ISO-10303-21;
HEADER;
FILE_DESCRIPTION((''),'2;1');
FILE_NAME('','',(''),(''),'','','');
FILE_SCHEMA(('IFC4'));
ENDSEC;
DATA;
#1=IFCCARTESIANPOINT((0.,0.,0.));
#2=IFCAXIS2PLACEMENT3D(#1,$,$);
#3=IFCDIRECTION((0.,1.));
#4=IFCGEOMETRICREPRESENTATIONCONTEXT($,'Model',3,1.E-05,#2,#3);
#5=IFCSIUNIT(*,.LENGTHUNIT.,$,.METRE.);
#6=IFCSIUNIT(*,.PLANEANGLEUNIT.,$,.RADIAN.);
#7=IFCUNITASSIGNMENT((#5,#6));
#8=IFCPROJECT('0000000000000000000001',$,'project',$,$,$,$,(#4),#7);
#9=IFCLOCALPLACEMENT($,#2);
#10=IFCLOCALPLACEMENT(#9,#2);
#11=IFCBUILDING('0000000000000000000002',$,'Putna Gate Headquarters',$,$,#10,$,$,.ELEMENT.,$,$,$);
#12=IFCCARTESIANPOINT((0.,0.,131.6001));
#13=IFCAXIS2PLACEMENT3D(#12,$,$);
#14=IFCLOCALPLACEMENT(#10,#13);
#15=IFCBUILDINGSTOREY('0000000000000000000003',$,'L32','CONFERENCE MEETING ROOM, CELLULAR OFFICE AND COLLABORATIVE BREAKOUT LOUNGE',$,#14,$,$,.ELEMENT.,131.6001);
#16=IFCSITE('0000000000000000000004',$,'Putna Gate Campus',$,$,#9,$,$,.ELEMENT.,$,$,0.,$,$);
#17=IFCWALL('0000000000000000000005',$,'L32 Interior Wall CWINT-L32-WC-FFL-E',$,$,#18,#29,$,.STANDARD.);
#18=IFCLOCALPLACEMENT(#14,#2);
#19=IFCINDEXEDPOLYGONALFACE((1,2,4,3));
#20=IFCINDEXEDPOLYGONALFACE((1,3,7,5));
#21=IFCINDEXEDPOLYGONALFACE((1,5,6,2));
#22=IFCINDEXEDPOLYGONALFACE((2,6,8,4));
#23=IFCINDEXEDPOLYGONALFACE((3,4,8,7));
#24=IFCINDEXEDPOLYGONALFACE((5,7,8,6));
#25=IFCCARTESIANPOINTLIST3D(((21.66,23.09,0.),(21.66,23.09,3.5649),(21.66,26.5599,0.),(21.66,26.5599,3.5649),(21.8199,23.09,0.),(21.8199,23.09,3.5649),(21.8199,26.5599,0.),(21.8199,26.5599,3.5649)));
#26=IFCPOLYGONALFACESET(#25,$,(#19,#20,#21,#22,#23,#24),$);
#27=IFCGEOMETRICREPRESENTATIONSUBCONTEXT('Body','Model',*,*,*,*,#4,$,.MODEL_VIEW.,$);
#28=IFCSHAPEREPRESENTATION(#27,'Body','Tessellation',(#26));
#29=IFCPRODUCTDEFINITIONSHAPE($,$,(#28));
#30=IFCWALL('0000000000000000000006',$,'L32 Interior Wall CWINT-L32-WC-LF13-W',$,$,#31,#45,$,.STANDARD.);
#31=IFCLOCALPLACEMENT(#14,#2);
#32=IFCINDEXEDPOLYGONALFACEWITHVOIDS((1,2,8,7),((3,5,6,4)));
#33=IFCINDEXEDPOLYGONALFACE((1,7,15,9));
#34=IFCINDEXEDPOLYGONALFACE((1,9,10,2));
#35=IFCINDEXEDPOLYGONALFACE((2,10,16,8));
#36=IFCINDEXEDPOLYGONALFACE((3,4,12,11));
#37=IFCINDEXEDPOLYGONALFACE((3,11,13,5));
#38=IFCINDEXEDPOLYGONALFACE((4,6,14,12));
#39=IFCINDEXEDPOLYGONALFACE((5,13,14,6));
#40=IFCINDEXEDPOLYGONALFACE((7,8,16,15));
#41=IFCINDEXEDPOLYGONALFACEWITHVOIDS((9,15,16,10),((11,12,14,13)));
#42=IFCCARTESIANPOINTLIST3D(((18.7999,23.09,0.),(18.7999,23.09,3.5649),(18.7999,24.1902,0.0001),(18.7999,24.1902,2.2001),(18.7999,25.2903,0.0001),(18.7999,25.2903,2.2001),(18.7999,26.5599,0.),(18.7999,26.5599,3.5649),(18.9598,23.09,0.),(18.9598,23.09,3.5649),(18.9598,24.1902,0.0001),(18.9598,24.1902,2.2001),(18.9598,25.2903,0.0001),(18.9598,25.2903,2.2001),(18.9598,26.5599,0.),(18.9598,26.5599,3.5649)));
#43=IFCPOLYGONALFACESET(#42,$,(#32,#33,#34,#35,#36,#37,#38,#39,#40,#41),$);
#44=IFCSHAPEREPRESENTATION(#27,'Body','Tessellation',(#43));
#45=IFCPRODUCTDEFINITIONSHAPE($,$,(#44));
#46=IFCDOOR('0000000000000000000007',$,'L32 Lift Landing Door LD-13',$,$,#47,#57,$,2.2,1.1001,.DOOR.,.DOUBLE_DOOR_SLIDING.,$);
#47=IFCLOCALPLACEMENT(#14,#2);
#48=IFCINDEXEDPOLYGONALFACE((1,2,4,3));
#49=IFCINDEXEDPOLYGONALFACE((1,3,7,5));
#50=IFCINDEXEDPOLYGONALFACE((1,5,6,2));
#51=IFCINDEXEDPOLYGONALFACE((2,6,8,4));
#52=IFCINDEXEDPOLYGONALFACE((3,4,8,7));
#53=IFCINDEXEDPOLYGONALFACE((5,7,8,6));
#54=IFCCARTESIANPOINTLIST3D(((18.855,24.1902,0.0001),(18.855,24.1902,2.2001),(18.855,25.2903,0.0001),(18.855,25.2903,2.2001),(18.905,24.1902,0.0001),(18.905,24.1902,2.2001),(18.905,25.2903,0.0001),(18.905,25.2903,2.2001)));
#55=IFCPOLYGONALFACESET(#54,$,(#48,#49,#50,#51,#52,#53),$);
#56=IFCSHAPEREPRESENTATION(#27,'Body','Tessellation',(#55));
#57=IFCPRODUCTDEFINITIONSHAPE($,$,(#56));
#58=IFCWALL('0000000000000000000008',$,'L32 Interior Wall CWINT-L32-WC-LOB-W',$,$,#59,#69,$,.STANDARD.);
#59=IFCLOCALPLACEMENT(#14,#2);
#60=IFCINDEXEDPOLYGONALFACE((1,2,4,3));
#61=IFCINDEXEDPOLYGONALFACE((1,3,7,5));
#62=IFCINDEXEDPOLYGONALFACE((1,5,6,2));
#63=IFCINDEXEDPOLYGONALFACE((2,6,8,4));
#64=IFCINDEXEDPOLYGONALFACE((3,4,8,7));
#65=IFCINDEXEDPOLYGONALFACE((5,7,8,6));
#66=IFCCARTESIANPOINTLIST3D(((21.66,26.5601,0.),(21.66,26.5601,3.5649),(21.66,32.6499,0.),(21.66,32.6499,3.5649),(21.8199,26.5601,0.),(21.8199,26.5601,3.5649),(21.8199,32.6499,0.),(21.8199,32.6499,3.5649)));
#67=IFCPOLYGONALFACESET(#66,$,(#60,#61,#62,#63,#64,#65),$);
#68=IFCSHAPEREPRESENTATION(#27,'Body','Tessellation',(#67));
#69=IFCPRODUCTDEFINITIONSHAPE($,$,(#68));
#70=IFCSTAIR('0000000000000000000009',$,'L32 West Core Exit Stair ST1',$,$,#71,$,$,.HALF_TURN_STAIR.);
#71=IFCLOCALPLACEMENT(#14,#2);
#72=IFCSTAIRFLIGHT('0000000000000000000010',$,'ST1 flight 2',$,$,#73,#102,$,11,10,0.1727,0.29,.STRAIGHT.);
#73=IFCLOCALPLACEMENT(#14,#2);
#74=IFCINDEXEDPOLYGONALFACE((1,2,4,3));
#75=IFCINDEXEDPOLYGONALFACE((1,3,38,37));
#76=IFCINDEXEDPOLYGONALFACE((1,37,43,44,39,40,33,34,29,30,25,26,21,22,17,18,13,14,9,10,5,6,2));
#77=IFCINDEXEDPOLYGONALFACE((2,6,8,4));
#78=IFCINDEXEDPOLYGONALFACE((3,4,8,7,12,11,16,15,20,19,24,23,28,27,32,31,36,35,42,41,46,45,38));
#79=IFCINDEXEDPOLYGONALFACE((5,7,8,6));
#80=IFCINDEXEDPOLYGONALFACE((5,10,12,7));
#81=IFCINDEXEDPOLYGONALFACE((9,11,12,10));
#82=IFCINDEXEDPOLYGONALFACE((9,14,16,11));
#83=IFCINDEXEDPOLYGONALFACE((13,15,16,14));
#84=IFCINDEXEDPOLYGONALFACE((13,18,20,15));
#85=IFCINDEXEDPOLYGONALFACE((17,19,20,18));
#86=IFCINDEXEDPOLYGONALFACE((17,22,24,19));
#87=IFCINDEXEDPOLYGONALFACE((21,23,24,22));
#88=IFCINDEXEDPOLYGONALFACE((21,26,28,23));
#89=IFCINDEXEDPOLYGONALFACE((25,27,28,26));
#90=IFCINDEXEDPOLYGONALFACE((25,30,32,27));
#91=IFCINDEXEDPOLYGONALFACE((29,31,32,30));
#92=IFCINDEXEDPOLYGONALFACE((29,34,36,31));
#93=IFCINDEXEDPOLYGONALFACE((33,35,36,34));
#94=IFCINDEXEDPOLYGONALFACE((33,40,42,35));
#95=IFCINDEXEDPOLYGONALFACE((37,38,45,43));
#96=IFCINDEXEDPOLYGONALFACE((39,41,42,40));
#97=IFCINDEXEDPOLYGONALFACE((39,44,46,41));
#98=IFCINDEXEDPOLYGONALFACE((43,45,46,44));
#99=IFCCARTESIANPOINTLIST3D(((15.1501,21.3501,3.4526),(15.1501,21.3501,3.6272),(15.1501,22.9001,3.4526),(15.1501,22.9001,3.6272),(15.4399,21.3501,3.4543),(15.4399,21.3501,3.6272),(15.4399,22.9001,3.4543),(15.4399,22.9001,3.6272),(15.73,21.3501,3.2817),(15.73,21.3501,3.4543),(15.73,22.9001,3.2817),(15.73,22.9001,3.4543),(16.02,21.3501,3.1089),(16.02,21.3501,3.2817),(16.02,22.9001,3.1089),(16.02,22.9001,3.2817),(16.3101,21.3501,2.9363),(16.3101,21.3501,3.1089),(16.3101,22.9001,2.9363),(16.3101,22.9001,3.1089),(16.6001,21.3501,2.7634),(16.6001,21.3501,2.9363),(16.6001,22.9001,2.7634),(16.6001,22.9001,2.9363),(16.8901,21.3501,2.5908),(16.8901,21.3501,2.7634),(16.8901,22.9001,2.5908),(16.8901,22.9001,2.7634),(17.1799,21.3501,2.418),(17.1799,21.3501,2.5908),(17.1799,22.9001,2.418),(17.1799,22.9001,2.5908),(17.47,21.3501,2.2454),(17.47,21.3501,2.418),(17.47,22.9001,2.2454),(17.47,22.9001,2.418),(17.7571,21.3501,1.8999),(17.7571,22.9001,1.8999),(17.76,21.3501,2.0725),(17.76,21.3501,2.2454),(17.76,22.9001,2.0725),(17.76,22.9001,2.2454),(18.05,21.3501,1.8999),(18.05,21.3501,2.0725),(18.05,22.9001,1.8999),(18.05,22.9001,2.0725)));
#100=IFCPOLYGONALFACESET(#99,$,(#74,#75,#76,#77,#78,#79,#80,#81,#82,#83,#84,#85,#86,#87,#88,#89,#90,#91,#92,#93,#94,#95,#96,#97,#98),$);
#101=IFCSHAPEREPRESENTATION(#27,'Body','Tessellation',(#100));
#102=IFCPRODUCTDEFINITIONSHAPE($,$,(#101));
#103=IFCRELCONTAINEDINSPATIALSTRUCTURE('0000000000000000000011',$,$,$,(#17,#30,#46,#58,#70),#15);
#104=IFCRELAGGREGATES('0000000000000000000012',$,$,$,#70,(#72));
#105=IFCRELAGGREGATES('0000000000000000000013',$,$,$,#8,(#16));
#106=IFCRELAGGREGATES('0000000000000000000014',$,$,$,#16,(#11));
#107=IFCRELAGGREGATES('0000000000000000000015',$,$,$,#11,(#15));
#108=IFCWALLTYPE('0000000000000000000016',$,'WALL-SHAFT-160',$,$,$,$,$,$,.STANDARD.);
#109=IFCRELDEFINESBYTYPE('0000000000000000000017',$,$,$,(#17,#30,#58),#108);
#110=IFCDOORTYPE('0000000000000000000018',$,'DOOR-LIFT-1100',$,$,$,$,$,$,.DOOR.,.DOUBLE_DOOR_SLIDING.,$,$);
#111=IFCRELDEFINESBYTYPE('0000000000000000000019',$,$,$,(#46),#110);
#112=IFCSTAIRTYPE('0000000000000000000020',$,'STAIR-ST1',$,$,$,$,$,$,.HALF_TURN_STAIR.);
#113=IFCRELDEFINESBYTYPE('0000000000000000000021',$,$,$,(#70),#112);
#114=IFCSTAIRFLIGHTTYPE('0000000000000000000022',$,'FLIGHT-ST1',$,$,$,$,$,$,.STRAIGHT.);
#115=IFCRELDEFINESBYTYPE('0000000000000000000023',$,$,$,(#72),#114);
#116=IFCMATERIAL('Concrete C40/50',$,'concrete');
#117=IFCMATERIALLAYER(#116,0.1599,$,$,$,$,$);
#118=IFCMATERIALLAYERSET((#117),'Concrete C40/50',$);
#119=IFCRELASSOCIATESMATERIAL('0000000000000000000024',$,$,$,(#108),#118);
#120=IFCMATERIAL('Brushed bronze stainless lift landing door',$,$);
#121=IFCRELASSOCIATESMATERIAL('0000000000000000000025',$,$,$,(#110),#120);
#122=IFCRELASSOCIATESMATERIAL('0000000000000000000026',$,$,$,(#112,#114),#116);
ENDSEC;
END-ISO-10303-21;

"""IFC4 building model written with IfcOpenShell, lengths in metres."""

from ifc_helpers import new_model, si_unit, direction, frame, frame_2d, origin, place, context, subcontext, project, spatial, polyline, rectangle, outline, extrude, material, layer, layer_set, type_object, element, fill, aggregate, save


model = new_model("IFC4")

# Units and contexts
model_context = context("Model", 3, precision=1e-05, world=origin(), true_north=direction((0.0, 1.0)))
body_context = subcontext(model_context, "Body", "Model", "MODEL_VIEW")
ifc_project = project(units=[si_unit("LENGTHUNIT", "METRE"), si_unit("PLANEANGLEUNIT", "RADIAN")], contexts=[model_context])

# Site, building, storey
site_placement = place(None, origin())
site = spatial("IfcSite", under=ifc_project, at=site_placement, Name="Putna Gate Campus", CompositionType="ELEMENT", RefElevation=0.0)
building_placement = place(site_placement, origin())
building = spatial("IfcBuilding", under=site, at=building_placement, Name="Putna Gate Headquarters", CompositionType="ELEMENT")
storey_placement = place(building_placement, frame((0.0, 0.0, 131.6001)))
storey = spatial("IfcBuildingStorey", under=building, at=storey_placement, Name="L32", Description="CONFERENCE MEETING ROOM, CELLULAR OFFICE AND COLLABORATIVE BREAKOUT LOUNGE", CompositionType="ELEMENT", Elevation=131.6001)

# Wall
ifc_material_1 = material(Name="Concrete C40/50", Category="concrete")
ifc_layer_1 = layer(ifc_material_1, 0.1599)
ifc_layer_set_1 = layer_set([ifc_layer_1], Name="Concrete C40/50")
wall_type_1 = type_object("IfcWallType", Name="WALL-SHAFT-160", PredefinedType="STANDARD", material=ifc_layer_set_1)
wall_1_placement = place(storey_placement, frame((21.74, 23.0901, 0.0), z_axis=(0.0, 0.0, 1.0), x_axis=(0.0, 1.0, 0.0)))
element("IfcWall", 1, at=wall_1_placement, inside=storey, type_object=wall_type_1, Name="L32 Interior Wall CWINT-L32-WC-FFL-E", PredefinedType="STANDARD", context=body_context, shape_type="SweptSolid", body=[
    extrude(rectangle(XDim=3.47, YDim=0.1599, at=frame_2d((1.7349, 0.0))), origin(), (0.0, 0.0, 1.0), 3.5649),
])

# Wall, opening, door
wall_2_placement = place(storey_placement, frame((18.8799, 23.0901, 0.0), z_axis=(0.0, 0.0, 1.0), x_axis=(0.0, 1.0, 0.0)))
wall_2 = element("IfcWall", 2, at=wall_2_placement, inside=storey, type_object=wall_type_1, Name="L32 Interior Wall CWINT-L32-WC-LF13-W", PredefinedType="STANDARD", context=body_context, shape_type="SweptSolid", body=[
    extrude(rectangle(XDim=3.47, YDim=0.1599, at=frame_2d((1.7349, 0.0))), origin(), (0.0, 0.0, 1.0), 3.5649),
])
opening_1_placement = place(wall_2_placement, frame((1.1001, 0.0, 0.0)))
opening_1 = element("IfcOpeningElement", 3, at=opening_1_placement, cuts=wall_2, PredefinedType="OPENING", context=body_context, shape_type="SweptSolid", body=[
    extrude(rectangle(XDim=1.1001, YDim=2.2, at=frame_2d((0.55, 1.1001))), frame((0.0, 0.0898, 0.0), z_axis=(0.0, -1.0, 0.0), x_axis=(1.0, 0.0, 0.0)), (0.0, 0.0, 1.0), 0.1799),
])
ifc_material_2 = material(Name="Brushed bronze stainless lift landing door")
door_type_1 = type_object("IfcDoorType", Name="DOOR-LIFT-1100", OperationType="DOUBLE_DOOR_SLIDING", PredefinedType="DOOR", material=ifc_material_2)
door_1_placement = place(opening_1_placement, origin())
door_1 = element("IfcDoor", 4, at=door_1_placement, inside=storey, type_object=door_type_1, Name="L32 Lift Landing Door LD-13", OperationType="DOUBLE_DOOR_SLIDING", OverallHeight=2.2, OverallWidth=1.1001, PredefinedType="DOOR", context=body_context, shape_type="SweptSolid", body=[
    extrude(rectangle(XDim=1.1001, YDim=2.2, at=frame_2d((0.55, 1.1001))), frame((0.0, 0.0249, 0.0), z_axis=(0.0, -1.0, 0.0), x_axis=(1.0, 0.0, 0.0)), (0.0, 0.0, 1.0), 0.05),
])
fill(opening_1, door_1)

# Wall
wall_3_placement = place(storey_placement, frame((21.74, 26.5601, 0.0), z_axis=(0.0, 0.0, 1.0), x_axis=(0.0, 1.0, 0.0)))
element("IfcWall", 5, at=wall_3_placement, inside=storey, type_object=wall_type_1, Name="L32 Interior Wall CWINT-L32-WC-LOB-W", PredefinedType="STANDARD", context=body_context, shape_type="SweptSolid", body=[
    extrude(rectangle(XDim=6.0898, YDim=0.1599, at=frame_2d((3.0449, 0.0))), origin(), (0.0, 0.0, 1.0), 3.5649),
])

# Stair, stair flight
stair_type = type_object("IfcStairType", Name="STAIR-ST1", PredefinedType="HALF_TURN_STAIR", material=ifc_material_1)
stair_placement = place(storey_placement, origin())
stair = element("IfcStair", 6, at=stair_placement, inside=storey, type_object=stair_type, Name="L32 West Core Exit Stair ST1", PredefinedType="HALF_TURN_STAIR")
stair_flight_type = type_object("IfcStairFlightType", Name="FLIGHT-ST1", PredefinedType="STRAIGHT", material=ifc_material_1)
stair_flight_placement = place(storey_placement, frame((18.05, 22.125, 1.8999), z_axis=(0.0, 0.0, 1.0), x_axis=(-1.0, 0.0, 0.0)))
stair_flight = element("IfcStairFlight", 7, at=stair_flight_placement, type_object=stair_flight_type, Name="ST1 flight 2", NumberOfRisers=11, NumberOfTreads=10, PredefinedType="STRAIGHT", RiserHeight=0.1727, TreadLength=0.29, context=body_context, shape_type="SweptSolid", body=[
    extrude(outline(polyline([(0.0, 0.0), (0.0, 0.1726), (0.29, 0.1726), (0.29, 0.3455), (0.5801, 0.3455), (0.5801, 0.5181), (0.8701, 0.5181), (0.8701, 0.6909), (1.1599, 0.6909), (1.1599, 0.8635), (1.45, 0.8635), (1.45, 1.0364), (1.74, 1.0364), (1.74, 1.209), (2.03, 1.209), (2.03, 1.3818), (2.3201, 1.3818), (2.3201, 1.5544), (2.6101, 1.5544), (2.6101, 1.7273), (2.8999, 1.7273), (2.8999, 1.8999), (2.8999, 1.5527), (0.293, 0.0), (0.0, 0.0)])), frame((0.0, 0.7749, 0.0), z_axis=(0.0, -1.0, 0.0), x_axis=(1.0, 0.0, 0.0)), (0.0, 0.0, 1.0), 1.55),
])
aggregate(stair, [stair_flight])

save(model, "model.ifc")
